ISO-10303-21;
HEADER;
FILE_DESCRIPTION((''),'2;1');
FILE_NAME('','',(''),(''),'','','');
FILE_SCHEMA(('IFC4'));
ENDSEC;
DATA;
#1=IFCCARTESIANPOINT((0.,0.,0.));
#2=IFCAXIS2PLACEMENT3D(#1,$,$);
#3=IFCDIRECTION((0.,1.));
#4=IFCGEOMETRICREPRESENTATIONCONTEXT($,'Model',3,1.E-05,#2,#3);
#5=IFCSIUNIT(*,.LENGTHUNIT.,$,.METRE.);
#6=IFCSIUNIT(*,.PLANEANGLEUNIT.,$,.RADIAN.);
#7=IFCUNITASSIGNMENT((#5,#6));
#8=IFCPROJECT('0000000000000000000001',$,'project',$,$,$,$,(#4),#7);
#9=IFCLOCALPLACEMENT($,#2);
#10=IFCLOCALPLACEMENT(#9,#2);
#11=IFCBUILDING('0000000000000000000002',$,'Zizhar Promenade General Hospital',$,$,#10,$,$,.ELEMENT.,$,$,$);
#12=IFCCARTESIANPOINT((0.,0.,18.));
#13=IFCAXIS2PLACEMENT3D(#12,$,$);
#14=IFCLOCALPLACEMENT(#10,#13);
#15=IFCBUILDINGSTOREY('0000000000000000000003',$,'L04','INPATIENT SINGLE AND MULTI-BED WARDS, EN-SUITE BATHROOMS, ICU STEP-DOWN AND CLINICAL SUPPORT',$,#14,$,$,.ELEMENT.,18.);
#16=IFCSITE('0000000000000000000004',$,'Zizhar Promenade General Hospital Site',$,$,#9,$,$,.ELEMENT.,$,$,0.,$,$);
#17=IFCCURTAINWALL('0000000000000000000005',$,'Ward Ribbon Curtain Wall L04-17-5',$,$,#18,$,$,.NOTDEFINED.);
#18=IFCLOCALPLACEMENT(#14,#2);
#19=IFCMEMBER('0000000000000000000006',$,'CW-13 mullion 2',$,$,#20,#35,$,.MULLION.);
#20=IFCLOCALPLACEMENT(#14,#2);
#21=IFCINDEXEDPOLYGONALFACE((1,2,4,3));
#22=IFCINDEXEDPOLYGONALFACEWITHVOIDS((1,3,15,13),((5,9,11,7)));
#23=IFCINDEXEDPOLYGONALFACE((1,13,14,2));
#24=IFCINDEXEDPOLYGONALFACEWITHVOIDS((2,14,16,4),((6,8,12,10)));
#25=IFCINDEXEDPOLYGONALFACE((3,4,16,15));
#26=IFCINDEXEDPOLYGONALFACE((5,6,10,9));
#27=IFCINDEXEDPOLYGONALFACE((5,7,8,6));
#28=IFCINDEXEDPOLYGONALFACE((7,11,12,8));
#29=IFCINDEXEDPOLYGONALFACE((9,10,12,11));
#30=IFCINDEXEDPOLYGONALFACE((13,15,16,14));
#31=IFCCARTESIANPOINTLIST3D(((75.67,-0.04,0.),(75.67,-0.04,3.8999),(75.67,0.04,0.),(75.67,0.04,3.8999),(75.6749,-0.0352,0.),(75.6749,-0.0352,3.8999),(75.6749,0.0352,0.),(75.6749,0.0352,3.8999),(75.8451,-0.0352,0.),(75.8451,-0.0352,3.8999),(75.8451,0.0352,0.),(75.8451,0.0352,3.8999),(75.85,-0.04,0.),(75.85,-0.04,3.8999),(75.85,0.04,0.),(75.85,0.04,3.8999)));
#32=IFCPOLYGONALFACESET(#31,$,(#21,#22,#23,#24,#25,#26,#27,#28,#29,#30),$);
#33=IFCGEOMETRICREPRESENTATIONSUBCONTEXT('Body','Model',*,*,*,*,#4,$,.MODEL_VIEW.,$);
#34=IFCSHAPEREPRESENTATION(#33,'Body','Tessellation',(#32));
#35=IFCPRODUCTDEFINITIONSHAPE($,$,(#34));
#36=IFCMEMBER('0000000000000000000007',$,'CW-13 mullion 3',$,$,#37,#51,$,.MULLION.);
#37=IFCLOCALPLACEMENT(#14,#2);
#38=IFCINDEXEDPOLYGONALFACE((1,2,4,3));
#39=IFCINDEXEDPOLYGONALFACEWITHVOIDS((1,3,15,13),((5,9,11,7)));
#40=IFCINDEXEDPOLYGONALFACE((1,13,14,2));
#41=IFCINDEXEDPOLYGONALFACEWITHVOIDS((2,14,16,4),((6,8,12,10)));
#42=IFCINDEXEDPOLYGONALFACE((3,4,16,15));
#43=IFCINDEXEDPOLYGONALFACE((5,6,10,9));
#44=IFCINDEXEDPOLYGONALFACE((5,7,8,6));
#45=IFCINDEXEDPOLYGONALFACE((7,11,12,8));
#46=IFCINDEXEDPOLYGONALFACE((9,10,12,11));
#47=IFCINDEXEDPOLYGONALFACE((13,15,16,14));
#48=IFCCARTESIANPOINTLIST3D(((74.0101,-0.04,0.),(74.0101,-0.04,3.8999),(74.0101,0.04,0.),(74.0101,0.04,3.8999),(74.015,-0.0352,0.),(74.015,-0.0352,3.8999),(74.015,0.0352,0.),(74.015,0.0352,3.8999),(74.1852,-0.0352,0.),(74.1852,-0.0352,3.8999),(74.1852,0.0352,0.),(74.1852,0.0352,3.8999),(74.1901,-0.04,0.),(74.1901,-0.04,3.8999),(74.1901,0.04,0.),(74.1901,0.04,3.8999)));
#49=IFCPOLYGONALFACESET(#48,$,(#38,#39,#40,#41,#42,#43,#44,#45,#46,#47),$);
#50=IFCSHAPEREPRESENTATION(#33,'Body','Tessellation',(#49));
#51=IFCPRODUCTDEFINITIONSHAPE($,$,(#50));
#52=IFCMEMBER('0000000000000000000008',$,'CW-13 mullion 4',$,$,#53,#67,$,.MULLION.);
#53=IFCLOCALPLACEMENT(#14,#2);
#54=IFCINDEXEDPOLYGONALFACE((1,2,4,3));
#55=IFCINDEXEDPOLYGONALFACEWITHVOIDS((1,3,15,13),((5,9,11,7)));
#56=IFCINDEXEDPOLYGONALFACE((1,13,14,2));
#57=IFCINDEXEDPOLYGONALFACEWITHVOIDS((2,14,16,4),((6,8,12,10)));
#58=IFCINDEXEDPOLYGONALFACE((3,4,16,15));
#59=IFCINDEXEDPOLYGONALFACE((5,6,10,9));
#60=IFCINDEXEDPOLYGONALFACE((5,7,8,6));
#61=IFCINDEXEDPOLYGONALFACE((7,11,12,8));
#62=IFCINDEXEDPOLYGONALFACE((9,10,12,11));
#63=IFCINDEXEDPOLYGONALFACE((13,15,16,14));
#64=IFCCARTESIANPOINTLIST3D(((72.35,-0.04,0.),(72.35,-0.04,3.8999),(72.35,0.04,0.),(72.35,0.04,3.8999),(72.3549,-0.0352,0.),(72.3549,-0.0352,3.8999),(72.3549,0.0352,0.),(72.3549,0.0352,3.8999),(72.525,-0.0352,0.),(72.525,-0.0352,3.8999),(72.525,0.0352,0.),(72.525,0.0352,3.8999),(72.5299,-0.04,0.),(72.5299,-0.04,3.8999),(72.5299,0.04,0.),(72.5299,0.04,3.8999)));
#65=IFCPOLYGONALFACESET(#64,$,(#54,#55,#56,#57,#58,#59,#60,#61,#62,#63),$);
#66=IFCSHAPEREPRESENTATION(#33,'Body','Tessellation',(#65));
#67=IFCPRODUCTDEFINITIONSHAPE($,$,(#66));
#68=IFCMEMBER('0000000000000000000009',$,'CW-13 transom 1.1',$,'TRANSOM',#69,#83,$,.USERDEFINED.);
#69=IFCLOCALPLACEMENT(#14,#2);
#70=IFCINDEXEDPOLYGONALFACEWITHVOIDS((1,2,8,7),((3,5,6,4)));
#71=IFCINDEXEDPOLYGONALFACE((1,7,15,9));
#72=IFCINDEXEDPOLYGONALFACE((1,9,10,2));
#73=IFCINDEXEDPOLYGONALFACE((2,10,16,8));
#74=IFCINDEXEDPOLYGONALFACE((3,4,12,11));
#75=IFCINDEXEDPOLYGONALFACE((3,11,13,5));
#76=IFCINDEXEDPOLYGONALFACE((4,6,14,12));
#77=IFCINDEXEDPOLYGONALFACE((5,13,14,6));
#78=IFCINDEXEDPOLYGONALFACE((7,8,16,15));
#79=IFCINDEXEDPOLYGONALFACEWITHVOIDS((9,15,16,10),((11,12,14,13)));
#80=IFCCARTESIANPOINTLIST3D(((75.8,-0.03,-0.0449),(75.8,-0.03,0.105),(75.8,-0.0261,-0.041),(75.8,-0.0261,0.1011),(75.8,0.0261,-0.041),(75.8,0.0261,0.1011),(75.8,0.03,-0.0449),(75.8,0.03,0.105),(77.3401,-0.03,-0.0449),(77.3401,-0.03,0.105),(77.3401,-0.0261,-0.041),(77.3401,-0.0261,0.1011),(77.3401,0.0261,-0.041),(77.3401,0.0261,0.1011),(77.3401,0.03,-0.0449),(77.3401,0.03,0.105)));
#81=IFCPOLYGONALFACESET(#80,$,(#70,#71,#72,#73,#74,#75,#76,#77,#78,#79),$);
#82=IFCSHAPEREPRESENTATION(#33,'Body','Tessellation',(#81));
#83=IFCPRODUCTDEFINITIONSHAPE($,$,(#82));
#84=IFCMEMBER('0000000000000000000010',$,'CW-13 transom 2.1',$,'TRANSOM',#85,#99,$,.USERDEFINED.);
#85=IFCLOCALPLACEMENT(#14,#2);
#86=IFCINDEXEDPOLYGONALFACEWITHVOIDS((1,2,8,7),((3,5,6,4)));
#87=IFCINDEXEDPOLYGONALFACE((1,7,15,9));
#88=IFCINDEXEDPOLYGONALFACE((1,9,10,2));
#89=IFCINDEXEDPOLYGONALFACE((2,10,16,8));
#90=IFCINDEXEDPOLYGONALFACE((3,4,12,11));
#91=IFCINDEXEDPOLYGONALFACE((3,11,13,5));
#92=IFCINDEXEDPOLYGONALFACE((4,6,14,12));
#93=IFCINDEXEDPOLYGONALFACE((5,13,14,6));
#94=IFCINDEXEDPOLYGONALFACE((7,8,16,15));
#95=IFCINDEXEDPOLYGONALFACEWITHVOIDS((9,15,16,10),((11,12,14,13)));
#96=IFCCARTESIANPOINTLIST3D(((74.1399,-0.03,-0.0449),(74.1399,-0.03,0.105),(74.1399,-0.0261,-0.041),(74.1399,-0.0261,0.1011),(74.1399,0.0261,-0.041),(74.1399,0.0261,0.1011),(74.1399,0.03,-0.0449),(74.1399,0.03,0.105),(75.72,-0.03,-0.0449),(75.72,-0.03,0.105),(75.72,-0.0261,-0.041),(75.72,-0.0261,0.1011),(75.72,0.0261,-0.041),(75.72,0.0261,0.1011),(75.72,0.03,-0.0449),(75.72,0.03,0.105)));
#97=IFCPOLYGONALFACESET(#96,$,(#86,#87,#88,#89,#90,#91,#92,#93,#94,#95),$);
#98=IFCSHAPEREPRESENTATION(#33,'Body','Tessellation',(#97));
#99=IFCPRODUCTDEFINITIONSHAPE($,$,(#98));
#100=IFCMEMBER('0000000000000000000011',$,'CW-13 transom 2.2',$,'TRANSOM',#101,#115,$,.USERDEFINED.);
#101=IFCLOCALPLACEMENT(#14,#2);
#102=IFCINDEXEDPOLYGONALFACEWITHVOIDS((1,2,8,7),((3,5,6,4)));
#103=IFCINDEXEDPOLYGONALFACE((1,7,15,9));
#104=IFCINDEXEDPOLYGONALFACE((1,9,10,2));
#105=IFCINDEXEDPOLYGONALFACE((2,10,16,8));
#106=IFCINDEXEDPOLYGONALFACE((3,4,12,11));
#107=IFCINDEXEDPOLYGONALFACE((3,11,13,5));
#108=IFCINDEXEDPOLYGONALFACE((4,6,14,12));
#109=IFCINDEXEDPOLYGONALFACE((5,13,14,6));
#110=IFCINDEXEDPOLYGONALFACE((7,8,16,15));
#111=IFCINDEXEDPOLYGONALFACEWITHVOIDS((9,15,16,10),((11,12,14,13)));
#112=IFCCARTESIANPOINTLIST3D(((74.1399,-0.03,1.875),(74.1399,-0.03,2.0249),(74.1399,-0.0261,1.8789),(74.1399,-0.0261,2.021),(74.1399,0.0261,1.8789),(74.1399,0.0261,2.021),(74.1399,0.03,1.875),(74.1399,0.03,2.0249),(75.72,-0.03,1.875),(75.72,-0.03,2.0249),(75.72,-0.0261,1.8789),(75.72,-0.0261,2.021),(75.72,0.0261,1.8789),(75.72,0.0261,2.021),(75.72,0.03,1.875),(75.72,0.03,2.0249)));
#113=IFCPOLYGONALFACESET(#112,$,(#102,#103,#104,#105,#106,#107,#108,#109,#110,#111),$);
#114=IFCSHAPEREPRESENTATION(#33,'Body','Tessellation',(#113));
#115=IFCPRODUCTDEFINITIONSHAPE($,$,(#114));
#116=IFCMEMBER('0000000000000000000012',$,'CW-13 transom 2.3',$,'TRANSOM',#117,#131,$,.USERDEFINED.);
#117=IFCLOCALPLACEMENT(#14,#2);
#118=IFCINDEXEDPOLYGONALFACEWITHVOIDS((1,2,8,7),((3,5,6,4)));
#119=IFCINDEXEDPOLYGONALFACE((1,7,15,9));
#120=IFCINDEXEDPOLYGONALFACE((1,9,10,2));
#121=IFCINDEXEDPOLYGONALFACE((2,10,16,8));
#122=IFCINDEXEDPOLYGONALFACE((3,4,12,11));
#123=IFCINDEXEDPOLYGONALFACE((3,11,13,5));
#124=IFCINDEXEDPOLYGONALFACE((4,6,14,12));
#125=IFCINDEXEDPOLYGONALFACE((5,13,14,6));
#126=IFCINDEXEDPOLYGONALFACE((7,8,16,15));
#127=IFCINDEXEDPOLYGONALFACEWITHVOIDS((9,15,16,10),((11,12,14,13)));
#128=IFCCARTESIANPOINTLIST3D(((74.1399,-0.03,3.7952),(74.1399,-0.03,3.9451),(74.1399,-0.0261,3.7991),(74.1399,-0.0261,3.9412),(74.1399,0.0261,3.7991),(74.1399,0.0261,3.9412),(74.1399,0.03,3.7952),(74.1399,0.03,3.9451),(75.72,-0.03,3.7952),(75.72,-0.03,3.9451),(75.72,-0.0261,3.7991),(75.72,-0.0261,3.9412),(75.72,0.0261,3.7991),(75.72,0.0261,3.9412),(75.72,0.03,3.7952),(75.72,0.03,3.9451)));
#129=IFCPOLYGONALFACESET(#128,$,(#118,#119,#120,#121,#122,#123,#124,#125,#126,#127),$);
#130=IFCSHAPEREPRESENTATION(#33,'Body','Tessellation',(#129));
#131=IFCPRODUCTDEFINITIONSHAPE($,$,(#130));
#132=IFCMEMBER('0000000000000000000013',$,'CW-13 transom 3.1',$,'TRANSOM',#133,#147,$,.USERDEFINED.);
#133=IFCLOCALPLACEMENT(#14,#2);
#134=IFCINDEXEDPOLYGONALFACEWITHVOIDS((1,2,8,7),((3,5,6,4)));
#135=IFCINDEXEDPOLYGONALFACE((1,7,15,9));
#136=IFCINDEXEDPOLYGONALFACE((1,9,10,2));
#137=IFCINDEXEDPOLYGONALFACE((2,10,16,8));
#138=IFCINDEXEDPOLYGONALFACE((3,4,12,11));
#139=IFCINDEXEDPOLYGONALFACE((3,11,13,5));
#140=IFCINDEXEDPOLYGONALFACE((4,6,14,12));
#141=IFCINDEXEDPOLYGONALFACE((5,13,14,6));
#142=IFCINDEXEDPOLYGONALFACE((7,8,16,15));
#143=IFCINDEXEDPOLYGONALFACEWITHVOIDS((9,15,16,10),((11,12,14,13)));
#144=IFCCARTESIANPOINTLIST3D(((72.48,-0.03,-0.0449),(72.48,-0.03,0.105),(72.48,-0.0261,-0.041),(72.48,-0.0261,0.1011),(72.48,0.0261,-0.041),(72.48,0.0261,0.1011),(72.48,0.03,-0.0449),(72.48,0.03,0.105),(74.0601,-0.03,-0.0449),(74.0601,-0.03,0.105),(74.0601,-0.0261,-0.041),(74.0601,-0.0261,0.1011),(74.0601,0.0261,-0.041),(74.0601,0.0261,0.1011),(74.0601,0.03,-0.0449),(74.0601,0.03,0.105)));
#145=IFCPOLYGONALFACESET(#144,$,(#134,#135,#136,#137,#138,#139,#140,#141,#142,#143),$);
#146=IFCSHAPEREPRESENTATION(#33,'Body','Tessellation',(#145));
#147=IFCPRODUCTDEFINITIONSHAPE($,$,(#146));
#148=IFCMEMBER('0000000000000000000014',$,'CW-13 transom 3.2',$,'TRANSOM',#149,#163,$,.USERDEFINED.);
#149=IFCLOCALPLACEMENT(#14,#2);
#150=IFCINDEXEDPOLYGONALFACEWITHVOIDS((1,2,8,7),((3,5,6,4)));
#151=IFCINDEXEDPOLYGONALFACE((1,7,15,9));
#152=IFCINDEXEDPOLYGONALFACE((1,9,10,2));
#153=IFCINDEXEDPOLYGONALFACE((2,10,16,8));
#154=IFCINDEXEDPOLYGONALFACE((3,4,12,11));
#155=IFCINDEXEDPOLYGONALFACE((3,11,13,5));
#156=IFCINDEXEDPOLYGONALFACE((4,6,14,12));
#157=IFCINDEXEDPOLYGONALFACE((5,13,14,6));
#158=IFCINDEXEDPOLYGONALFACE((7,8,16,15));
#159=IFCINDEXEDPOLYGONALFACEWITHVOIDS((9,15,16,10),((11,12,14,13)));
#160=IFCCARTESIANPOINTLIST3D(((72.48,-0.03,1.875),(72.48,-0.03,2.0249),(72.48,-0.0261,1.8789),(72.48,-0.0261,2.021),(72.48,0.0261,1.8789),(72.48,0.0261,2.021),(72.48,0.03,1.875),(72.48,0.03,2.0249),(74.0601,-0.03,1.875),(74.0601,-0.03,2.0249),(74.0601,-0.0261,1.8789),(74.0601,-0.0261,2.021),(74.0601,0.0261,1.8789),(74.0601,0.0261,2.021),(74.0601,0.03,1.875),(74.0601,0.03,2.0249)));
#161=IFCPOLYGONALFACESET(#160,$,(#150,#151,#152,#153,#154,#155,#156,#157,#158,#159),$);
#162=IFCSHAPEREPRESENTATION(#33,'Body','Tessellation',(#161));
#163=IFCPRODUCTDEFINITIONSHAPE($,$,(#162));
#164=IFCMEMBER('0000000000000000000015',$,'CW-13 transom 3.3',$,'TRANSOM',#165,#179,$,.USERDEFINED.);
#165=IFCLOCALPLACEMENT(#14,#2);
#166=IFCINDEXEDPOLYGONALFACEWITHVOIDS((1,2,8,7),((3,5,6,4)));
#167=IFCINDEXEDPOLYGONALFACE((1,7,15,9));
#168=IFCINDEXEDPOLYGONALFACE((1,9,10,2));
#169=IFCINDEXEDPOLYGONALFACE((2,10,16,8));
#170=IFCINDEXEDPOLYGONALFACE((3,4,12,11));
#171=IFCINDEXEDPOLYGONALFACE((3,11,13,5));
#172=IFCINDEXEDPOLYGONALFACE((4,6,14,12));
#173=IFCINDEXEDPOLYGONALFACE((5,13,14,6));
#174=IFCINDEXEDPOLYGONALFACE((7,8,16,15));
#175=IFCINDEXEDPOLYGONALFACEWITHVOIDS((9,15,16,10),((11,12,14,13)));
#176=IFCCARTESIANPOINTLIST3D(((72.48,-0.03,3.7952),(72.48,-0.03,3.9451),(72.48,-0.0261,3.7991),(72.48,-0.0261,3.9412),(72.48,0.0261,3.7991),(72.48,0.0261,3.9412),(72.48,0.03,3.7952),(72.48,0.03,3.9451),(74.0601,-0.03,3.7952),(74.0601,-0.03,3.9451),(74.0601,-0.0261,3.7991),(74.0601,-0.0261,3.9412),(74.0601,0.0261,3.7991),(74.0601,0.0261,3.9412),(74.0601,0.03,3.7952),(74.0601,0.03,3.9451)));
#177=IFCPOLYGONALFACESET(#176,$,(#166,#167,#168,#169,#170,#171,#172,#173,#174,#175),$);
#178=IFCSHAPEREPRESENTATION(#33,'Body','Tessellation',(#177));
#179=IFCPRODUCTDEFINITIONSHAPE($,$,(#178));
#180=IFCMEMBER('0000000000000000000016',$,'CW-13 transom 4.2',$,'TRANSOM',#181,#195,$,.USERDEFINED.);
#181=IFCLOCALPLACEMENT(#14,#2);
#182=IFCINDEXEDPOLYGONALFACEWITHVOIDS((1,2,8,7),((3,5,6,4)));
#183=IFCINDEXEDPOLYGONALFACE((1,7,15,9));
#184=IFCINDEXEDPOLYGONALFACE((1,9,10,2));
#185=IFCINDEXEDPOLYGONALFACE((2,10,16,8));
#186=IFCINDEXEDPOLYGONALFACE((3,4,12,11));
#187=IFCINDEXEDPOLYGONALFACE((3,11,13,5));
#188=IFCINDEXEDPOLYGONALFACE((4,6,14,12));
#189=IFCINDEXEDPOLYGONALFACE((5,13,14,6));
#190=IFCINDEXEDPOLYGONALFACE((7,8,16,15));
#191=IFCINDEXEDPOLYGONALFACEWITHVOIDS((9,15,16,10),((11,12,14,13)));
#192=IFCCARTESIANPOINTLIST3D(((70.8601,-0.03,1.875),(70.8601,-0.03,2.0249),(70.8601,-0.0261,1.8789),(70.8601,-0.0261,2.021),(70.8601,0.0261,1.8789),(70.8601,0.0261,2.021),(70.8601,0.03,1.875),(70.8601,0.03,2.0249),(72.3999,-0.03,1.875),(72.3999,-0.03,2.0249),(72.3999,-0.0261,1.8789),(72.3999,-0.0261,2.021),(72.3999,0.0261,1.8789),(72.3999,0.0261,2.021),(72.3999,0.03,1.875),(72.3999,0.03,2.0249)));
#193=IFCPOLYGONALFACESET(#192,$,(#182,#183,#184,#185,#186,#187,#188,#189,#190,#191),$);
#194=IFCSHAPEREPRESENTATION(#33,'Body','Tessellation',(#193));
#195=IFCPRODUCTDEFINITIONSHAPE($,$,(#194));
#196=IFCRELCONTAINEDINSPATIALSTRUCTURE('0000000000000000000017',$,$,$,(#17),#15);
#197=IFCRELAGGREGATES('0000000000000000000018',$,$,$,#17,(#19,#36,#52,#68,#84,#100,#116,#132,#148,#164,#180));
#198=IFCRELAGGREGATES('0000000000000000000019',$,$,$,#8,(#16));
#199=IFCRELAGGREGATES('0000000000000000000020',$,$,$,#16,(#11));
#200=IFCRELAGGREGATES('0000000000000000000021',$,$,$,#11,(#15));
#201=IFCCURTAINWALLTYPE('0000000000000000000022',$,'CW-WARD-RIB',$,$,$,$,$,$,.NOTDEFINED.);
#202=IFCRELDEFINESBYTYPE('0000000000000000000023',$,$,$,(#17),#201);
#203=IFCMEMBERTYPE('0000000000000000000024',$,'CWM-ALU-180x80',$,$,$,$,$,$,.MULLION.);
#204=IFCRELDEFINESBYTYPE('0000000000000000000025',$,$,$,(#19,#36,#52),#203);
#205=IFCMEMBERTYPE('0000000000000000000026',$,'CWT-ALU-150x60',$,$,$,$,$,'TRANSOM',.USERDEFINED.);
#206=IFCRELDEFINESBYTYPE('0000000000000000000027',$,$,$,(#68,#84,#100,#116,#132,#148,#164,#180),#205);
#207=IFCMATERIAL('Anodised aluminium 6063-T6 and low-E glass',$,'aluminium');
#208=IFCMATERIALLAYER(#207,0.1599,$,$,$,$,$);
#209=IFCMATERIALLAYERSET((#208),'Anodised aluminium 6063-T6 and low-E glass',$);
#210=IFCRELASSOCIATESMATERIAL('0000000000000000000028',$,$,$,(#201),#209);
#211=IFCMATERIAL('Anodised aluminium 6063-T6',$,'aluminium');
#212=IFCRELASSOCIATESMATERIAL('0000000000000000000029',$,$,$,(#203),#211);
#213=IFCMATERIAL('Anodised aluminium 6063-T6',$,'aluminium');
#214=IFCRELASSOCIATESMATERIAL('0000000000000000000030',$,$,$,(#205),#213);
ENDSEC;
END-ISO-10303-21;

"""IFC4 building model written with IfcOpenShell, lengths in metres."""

from ifc_helpers import new_model, si_unit, direction, frame, origin, origin_2d, place, context, subcontext, project, spatial, hollow_rectangle, extrude, material, layer, layer_set, material_profile, profile_set, type_object, element, aggregate, save


model = new_model("IFC4")

# Units and contexts
model_context = context("Model", 3, precision=1e-05, world=origin(), true_north=direction((0.0, 1.0)))
body_context = subcontext(model_context, "Body", "Model", "MODEL_VIEW")
ifc_project = project(units=[si_unit("LENGTHUNIT", "METRE"), si_unit("PLANEANGLEUNIT", "RADIAN")], contexts=[model_context])

# Site, building, storey
site_placement = place(None, origin())
site = spatial("IfcSite", under=ifc_project, at=site_placement, Name="Zizhar Promenade General Hospital Site", CompositionType="ELEMENT", RefElevation=0.0)
building_placement = place(site_placement, origin())
building = spatial("IfcBuilding", under=site, at=building_placement, Name="Zizhar Promenade General Hospital", CompositionType="ELEMENT")
storey_placement = place(building_placement, frame((0.0, 0.0, 18.0)))
storey = spatial("IfcBuildingStorey", under=building, at=storey_placement, Name="L04", Description="INPATIENT SINGLE AND MULTI-BED WARDS, EN-SUITE BATHROOMS, ICU STEP-DOWN AND CLINICAL SUPPORT", CompositionType="ELEMENT", Elevation=18.0)

# Curtain wall, members
ifc_material_1 = material(Name="Anodised aluminium 6063-T6 and low-E glass", Category="aluminium")
ifc_layer_1 = layer(ifc_material_1, 0.1599)
ifc_layer_set_1 = layer_set([ifc_layer_1], Name="Anodised aluminium 6063-T6 and low-E glass")
curtain_wall_type = type_object("IfcCurtainWallType", Name="CW-WARD-RIB", PredefinedType="NOTDEFINED", material=ifc_layer_set_1)
curtain_wall_placement = place(storey_placement, origin())
curtain_wall = element("IfcCurtainWall", 1, at=curtain_wall_placement, inside=storey, type_object=curtain_wall_type, Name="Ward Ribbon Curtain Wall L04-17-5", PredefinedType="NOTDEFINED")
ifc_material_2 = material(Name="Anodised aluminium 6063-T6", Category="aluminium")
ifc_material_profile_1 = material_profile(ifc_material_2, hollow_rectangle(XDim=0.0801, YDim=0.1799, WallThickness=0.0049, at=origin_2d()))
ifc_profile_set_1 = profile_set([ifc_material_profile_1], Name="Anodised aluminium 6063-T6")
member_type_1 = type_object("IfcMemberType", Name="CWM-ALU-180x80", PredefinedType="MULLION", material=ifc_profile_set_1)
member_1_placement = place(storey_placement, frame((75.76, 0.0, 0.0), z_axis=(0.0, 0.0, 1.0), x_axis=(0.0, -1.0, 0.0)))
member_1 = element("IfcMember", 2, at=member_1_placement, type_object=member_type_1, Name="CW-13 mullion 2", PredefinedType="MULLION", context=body_context, shape_type="SweptSolid", body=[
    extrude(hollow_rectangle(XDim=0.0801, YDim=0.1799, WallThickness=0.0049, at=origin_2d()), origin(), (0.0, 0.0, 1.0), 3.8999),
])
member_2_placement = place(storey_placement, frame((74.1001, 0.0, 0.0), z_axis=(0.0, 0.0, 1.0), x_axis=(0.0, -1.0, 0.0)))
member_2 = element("IfcMember", 3, at=member_2_placement, type_object=member_type_1, Name="CW-13 mullion 3", PredefinedType="MULLION", context=body_context, shape_type="SweptSolid", body=[
    extrude(hollow_rectangle(XDim=0.0801, YDim=0.1799, WallThickness=0.0049, at=origin_2d()), origin(), (0.0, 0.0, 1.0), 3.8999),
])
member_3_placement = place(storey_placement, frame((72.4399, 0.0, 0.0), z_axis=(0.0, 0.0, 1.0), x_axis=(0.0, -1.0, 0.0)))
member_3 = element("IfcMember", 4, at=member_3_placement, type_object=member_type_1, Name="CW-13 mullion 4", PredefinedType="MULLION", context=body_context, shape_type="SweptSolid", body=[
    extrude(hollow_rectangle(XDim=0.0801, YDim=0.1799, WallThickness=0.0049, at=origin_2d()), origin(), (0.0, 0.0, 1.0), 3.8999),
])
ifc_material_3 = material(Name="Anodised aluminium 6063-T6", Category="aluminium")
ifc_material_profile_2 = material_profile(ifc_material_3, hollow_rectangle(XDim=0.0601, YDim=0.1499, WallThickness=0.0039, at=origin_2d()))
ifc_profile_set_2 = profile_set([ifc_material_profile_2], Name="Anodised aluminium 6063-T6")
member_type_2 = type_object("IfcMemberType", Name="CWT-ALU-150x60", ElementType="TRANSOM", PredefinedType="USERDEFINED", material=ifc_profile_set_2)
member_4_placement = place(storey_placement, frame((77.3401, 0.0, 0.03), z_axis=(-1.0, 0.0, 0.0), x_axis=(0.0, -1.0, 0.0)))
member_4 = element("IfcMember", 5, at=member_4_placement, type_object=member_type_2, Name="CW-13 transom 1.1", ObjectType="TRANSOM", PredefinedType="USERDEFINED", context=body_context, shape_type="SweptSolid", body=[
    extrude(hollow_rectangle(XDim=0.0601, YDim=0.1499, WallThickness=0.0039, at=origin_2d()), origin(), (0.0, 0.0, 1.0), 1.54),
])
member_5_placement = place(storey_placement, frame((75.72, 0.0, 0.03), z_axis=(-1.0, 0.0, 0.0), x_axis=(0.0, -1.0, 0.0)))
member_5 = element("IfcMember", 6, at=member_5_placement, type_object=member_type_2, Name="CW-13 transom 2.1", ObjectType="TRANSOM", PredefinedType="USERDEFINED", context=body_context, shape_type="SweptSolid", body=[
    extrude(hollow_rectangle(XDim=0.0601, YDim=0.1499, WallThickness=0.0039, at=origin_2d()), origin(), (0.0, 0.0, 1.0), 1.5801),
])
member_6_placement = place(storey_placement, frame((75.72, 0.0, 1.95), z_axis=(-1.0, 0.0, 0.0), x_axis=(0.0, -1.0, 0.0)))
member_6 = element("IfcMember", 7, at=member_6_placement, type_object=member_type_2, Name="CW-13 transom 2.2", ObjectType="TRANSOM", PredefinedType="USERDEFINED", context=body_context, shape_type="SweptSolid", body=[
    extrude(hollow_rectangle(XDim=0.0601, YDim=0.1499, WallThickness=0.0039, at=origin_2d()), origin(), (0.0, 0.0, 1.0), 1.5801),
])
member_7_placement = place(storey_placement, frame((75.72, 0.0, 3.8701), z_axis=(-1.0, 0.0, 0.0), x_axis=(0.0, -1.0, 0.0)))
member_7 = element("IfcMember", 8, at=member_7_placement, type_object=member_type_2, Name="CW-13 transom 2.3", ObjectType="TRANSOM", PredefinedType="USERDEFINED", context=body_context, shape_type="SweptSolid", body=[
    extrude(hollow_rectangle(XDim=0.0601, YDim=0.1499, WallThickness=0.0039, at=origin_2d()), origin(), (0.0, 0.0, 1.0), 1.5801),
])
member_8_placement = place(storey_placement, frame((74.0601, 0.0, 0.03), z_axis=(-1.0, 0.0, 0.0), x_axis=(0.0, -1.0, 0.0)))
member_8 = element("IfcMember", 9, at=member_8_placement, type_object=member_type_2, Name="CW-13 transom 3.1", ObjectType="TRANSOM", PredefinedType="USERDEFINED", context=body_context, shape_type="SweptSolid", body=[
    extrude(hollow_rectangle(XDim=0.0601, YDim=0.1499, WallThickness=0.0039, at=origin_2d()), origin(), (0.0, 0.0, 1.0), 1.5801),
])
member_9_placement = place(storey_placement, frame((74.0601, 0.0, 1.95), z_axis=(-1.0, 0.0, 0.0), x_axis=(0.0, -1.0, 0.0)))
member_9 = element("IfcMember", 10, at=member_9_placement, type_object=member_type_2, Name="CW-13 transom 3.2", ObjectType="TRANSOM", PredefinedType="USERDEFINED", context=body_context, shape_type="SweptSolid", body=[
    extrude(hollow_rectangle(XDim=0.0601, YDim=0.1499, WallThickness=0.0039, at=origin_2d()), origin(), (0.0, 0.0, 1.0), 1.5801),
])
member_10_placement = place(storey_placement, frame((74.0601, 0.0, 3.8701), z_axis=(-1.0, 0.0, 0.0), x_axis=(0.0, -1.0, 0.0)))
member_10 = element("IfcMember", 11, at=member_10_placement, type_object=member_type_2, Name="CW-13 transom 3.3", ObjectType="TRANSOM", PredefinedType="USERDEFINED", context=body_context, shape_type="SweptSolid", body=[
    extrude(hollow_rectangle(XDim=0.0601, YDim=0.1499, WallThickness=0.0039, at=origin_2d()), origin(), (0.0, 0.0, 1.0), 1.5801),
])
member_11_placement = place(storey_placement, frame((72.3999, 0.0, 1.95), z_axis=(-1.0, 0.0, 0.0), x_axis=(0.0, -1.0, 0.0)))
member_11 = element("IfcMember", 12, at=member_11_placement, type_object=member_type_2, Name="CW-13 transom 4.2", ObjectType="TRANSOM", PredefinedType="USERDEFINED", context=body_context, shape_type="SweptSolid", body=[
    extrude(hollow_rectangle(XDim=0.0601, YDim=0.1499, WallThickness=0.0039, at=origin_2d()), origin(), (0.0, 0.0, 1.0), 1.5398),
])
aggregate(curtain_wall, [member_1, member_2, member_3, member_4, member_5, member_6, member_7, member_8, member_9, member_10, member_11])

save(model, "model.ifc")
